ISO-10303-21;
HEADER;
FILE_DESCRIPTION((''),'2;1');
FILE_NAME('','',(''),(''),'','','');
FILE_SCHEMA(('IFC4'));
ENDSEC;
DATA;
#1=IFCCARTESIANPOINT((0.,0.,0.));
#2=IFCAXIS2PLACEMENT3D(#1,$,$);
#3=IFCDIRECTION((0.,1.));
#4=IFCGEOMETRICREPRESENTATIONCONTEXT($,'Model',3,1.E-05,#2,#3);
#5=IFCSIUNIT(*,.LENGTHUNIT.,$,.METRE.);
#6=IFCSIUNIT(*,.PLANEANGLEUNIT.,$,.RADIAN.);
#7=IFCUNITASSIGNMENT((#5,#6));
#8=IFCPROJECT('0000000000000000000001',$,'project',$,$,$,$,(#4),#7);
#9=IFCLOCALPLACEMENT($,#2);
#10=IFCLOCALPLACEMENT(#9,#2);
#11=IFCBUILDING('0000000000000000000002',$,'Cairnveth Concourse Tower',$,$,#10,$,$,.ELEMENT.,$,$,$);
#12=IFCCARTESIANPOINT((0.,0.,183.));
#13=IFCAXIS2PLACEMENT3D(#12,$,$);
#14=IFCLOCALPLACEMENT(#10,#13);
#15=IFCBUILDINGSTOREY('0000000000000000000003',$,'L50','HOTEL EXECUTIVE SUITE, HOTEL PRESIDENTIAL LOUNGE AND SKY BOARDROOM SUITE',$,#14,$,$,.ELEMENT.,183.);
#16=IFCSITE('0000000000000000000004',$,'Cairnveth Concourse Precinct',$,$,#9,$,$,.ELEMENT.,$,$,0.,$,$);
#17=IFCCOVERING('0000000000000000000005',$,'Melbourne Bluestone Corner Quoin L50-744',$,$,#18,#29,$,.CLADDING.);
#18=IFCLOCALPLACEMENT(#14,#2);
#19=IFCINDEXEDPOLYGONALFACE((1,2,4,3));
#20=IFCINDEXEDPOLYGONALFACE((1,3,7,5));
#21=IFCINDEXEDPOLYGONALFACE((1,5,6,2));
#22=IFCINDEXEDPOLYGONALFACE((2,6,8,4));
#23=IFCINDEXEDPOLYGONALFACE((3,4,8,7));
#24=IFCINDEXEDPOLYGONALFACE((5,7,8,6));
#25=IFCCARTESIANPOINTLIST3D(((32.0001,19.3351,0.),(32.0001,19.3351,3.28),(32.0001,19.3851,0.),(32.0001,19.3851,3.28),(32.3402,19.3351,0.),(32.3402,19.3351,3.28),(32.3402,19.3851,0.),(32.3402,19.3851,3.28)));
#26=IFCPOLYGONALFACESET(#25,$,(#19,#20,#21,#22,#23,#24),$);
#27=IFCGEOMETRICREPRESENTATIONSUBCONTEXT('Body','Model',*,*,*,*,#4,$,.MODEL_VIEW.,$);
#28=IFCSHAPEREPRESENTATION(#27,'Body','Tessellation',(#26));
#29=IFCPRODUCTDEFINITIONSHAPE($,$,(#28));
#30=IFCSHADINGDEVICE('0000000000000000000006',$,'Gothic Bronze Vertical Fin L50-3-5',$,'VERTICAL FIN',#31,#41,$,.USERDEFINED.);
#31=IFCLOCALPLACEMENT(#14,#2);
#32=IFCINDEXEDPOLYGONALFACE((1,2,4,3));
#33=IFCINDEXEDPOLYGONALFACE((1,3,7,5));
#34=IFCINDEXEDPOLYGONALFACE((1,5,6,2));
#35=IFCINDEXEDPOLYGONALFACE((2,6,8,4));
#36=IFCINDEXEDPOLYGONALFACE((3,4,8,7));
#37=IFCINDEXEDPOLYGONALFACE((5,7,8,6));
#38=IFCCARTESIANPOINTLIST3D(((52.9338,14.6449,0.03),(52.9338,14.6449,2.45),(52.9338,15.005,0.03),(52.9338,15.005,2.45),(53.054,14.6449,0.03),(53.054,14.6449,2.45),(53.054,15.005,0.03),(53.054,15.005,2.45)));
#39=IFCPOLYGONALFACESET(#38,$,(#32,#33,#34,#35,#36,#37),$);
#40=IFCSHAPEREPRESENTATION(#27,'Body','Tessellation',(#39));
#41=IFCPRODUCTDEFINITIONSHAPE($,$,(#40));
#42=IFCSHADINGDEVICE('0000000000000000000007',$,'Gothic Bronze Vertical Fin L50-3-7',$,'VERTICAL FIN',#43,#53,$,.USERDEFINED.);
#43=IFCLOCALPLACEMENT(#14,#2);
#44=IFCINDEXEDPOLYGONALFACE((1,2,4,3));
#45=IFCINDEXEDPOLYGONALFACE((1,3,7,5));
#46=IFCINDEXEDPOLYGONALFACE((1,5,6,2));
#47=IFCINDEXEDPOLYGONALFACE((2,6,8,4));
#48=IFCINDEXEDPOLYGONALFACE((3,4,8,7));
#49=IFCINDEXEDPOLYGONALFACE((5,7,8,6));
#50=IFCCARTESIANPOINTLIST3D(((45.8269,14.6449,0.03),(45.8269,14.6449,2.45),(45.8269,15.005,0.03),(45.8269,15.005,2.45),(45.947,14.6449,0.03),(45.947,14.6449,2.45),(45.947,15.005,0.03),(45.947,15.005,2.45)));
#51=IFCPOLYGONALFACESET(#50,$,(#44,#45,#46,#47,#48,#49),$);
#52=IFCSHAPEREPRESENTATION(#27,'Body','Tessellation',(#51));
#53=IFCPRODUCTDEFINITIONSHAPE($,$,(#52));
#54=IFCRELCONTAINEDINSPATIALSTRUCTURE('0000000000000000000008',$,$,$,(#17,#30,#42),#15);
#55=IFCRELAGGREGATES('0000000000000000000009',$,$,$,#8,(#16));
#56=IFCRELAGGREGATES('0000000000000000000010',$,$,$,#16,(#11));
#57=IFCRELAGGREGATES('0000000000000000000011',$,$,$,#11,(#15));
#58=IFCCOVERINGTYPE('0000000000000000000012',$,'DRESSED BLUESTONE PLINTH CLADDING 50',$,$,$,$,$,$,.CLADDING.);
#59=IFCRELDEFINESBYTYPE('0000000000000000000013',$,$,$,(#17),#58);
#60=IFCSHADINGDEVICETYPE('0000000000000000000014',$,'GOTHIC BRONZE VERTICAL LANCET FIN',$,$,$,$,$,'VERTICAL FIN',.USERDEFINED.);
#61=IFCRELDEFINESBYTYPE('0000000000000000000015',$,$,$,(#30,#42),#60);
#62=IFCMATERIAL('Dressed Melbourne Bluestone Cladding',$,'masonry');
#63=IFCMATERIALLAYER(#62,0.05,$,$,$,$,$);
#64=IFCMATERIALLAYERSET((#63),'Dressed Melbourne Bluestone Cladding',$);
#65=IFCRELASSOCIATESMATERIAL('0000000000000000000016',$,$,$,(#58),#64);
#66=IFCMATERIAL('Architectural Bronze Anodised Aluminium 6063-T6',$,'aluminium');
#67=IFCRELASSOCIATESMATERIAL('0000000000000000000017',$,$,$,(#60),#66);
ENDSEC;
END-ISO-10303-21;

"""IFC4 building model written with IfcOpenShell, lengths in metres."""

from ifc_helpers import new_model, si_unit, direction, frame, frame_2d, origin, origin_2d, place, context, subcontext, project, spatial, rectangle, extrude, material, layer, layer_set, type_object, element, save


model = new_model("IFC4")

# Units and contexts
model_context = context("Model", 3, precision=1e-05, world=origin(), true_north=direction((0.0, 1.0)))
body_context = subcontext(model_context, "Body", "Model", "MODEL_VIEW")
ifc_project = project(units=[si_unit("LENGTHUNIT", "METRE"), si_unit("PLANEANGLEUNIT", "RADIAN")], contexts=[model_context])

# Site, building, storey
site_placement = place(None, origin())
site = spatial("IfcSite", under=ifc_project, at=site_placement, Name="Cairnveth Concourse Precinct", CompositionType="ELEMENT", RefElevation=0.0)
building_placement = place(site_placement, origin())
building = spatial("IfcBuilding", under=site, at=building_placement, Name="Cairnveth Concourse Tower", CompositionType="ELEMENT")
storey_placement = place(building_placement, frame((0.0, 0.0, 183.0)))
storey = spatial("IfcBuildingStorey", under=building, at=storey_placement, Name="L50", Description="HOTEL EXECUTIVE SUITE, HOTEL PRESIDENTIAL LOUNGE AND SKY BOARDROOM SUITE", CompositionType="ELEMENT", Elevation=183.0)

# Covering
ifc_material_1 = material(Name="Dressed Melbourne Bluestone Cladding", Category="masonry")
ifc_layer_1 = layer(ifc_material_1, 0.05)
ifc_layer_set_1 = layer_set([ifc_layer_1], Name="Dressed Melbourne Bluestone Cladding")
covering_type = type_object("IfcCoveringType", Name="DRESSED BLUESTONE PLINTH CLADDING 50", PredefinedType="CLADDING", material=ifc_layer_set_1)
covering_placement = place(storey_placement, frame((32.3401, 19.3601, 0.0), z_axis=(0.0, 0.0, 1.0), x_axis=(-1.0, 0.0, 0.0)))
element("IfcCovering", 1, at=covering_placement, inside=storey, type_object=covering_type, Name="Melbourne Bluestone Corner Quoin L50-744", PredefinedType="CLADDING", context=body_context, shape_type="SweptSolid", body=[
    extrude(rectangle(XDim=0.3401, YDim=0.05, at=frame_2d((0.1699, 0.0))), origin(), (0.0, 0.0, 1.0), 3.28),
])

# Shading devices
ifc_material_2 = material(Name="Architectural Bronze Anodised Aluminium 6063-T6", Category="aluminium")
shading_device_type = type_object("IfcShadingDeviceType", Name="GOTHIC BRONZE VERTICAL LANCET FIN", ElementType="VERTICAL FIN", PredefinedType="USERDEFINED", material=ifc_material_2)
for number, where, z_axis, x_axis, name in (
    (2, (52.9939, 14.825, 0.03), (0.0, 0.0, 1.0), (1.0, 0.0, 0.0), "Gothic Bronze Vertical Fin L50-3-5"),
    (3, (45.887, 14.825, 0.03), (0.0, 0.0, 1.0), (1.0, 0.0, 0.0), "Gothic Bronze Vertical Fin L50-3-7"),
):
    element("IfcShadingDevice", number, at=place(storey_placement, frame(where, z_axis=z_axis, x_axis=x_axis)), inside=storey, type_object=shading_device_type, Name=name, ObjectType="VERTICAL FIN", PredefinedType="USERDEFINED", context=body_context, shape_type="SweptSolid", body=[
        extrude(rectangle(XDim=0.1201, YDim=0.3601, at=origin_2d()), origin(), (0.0, 0.0, 1.0), 2.4199),
    ])

save(model, "model.ifc")
